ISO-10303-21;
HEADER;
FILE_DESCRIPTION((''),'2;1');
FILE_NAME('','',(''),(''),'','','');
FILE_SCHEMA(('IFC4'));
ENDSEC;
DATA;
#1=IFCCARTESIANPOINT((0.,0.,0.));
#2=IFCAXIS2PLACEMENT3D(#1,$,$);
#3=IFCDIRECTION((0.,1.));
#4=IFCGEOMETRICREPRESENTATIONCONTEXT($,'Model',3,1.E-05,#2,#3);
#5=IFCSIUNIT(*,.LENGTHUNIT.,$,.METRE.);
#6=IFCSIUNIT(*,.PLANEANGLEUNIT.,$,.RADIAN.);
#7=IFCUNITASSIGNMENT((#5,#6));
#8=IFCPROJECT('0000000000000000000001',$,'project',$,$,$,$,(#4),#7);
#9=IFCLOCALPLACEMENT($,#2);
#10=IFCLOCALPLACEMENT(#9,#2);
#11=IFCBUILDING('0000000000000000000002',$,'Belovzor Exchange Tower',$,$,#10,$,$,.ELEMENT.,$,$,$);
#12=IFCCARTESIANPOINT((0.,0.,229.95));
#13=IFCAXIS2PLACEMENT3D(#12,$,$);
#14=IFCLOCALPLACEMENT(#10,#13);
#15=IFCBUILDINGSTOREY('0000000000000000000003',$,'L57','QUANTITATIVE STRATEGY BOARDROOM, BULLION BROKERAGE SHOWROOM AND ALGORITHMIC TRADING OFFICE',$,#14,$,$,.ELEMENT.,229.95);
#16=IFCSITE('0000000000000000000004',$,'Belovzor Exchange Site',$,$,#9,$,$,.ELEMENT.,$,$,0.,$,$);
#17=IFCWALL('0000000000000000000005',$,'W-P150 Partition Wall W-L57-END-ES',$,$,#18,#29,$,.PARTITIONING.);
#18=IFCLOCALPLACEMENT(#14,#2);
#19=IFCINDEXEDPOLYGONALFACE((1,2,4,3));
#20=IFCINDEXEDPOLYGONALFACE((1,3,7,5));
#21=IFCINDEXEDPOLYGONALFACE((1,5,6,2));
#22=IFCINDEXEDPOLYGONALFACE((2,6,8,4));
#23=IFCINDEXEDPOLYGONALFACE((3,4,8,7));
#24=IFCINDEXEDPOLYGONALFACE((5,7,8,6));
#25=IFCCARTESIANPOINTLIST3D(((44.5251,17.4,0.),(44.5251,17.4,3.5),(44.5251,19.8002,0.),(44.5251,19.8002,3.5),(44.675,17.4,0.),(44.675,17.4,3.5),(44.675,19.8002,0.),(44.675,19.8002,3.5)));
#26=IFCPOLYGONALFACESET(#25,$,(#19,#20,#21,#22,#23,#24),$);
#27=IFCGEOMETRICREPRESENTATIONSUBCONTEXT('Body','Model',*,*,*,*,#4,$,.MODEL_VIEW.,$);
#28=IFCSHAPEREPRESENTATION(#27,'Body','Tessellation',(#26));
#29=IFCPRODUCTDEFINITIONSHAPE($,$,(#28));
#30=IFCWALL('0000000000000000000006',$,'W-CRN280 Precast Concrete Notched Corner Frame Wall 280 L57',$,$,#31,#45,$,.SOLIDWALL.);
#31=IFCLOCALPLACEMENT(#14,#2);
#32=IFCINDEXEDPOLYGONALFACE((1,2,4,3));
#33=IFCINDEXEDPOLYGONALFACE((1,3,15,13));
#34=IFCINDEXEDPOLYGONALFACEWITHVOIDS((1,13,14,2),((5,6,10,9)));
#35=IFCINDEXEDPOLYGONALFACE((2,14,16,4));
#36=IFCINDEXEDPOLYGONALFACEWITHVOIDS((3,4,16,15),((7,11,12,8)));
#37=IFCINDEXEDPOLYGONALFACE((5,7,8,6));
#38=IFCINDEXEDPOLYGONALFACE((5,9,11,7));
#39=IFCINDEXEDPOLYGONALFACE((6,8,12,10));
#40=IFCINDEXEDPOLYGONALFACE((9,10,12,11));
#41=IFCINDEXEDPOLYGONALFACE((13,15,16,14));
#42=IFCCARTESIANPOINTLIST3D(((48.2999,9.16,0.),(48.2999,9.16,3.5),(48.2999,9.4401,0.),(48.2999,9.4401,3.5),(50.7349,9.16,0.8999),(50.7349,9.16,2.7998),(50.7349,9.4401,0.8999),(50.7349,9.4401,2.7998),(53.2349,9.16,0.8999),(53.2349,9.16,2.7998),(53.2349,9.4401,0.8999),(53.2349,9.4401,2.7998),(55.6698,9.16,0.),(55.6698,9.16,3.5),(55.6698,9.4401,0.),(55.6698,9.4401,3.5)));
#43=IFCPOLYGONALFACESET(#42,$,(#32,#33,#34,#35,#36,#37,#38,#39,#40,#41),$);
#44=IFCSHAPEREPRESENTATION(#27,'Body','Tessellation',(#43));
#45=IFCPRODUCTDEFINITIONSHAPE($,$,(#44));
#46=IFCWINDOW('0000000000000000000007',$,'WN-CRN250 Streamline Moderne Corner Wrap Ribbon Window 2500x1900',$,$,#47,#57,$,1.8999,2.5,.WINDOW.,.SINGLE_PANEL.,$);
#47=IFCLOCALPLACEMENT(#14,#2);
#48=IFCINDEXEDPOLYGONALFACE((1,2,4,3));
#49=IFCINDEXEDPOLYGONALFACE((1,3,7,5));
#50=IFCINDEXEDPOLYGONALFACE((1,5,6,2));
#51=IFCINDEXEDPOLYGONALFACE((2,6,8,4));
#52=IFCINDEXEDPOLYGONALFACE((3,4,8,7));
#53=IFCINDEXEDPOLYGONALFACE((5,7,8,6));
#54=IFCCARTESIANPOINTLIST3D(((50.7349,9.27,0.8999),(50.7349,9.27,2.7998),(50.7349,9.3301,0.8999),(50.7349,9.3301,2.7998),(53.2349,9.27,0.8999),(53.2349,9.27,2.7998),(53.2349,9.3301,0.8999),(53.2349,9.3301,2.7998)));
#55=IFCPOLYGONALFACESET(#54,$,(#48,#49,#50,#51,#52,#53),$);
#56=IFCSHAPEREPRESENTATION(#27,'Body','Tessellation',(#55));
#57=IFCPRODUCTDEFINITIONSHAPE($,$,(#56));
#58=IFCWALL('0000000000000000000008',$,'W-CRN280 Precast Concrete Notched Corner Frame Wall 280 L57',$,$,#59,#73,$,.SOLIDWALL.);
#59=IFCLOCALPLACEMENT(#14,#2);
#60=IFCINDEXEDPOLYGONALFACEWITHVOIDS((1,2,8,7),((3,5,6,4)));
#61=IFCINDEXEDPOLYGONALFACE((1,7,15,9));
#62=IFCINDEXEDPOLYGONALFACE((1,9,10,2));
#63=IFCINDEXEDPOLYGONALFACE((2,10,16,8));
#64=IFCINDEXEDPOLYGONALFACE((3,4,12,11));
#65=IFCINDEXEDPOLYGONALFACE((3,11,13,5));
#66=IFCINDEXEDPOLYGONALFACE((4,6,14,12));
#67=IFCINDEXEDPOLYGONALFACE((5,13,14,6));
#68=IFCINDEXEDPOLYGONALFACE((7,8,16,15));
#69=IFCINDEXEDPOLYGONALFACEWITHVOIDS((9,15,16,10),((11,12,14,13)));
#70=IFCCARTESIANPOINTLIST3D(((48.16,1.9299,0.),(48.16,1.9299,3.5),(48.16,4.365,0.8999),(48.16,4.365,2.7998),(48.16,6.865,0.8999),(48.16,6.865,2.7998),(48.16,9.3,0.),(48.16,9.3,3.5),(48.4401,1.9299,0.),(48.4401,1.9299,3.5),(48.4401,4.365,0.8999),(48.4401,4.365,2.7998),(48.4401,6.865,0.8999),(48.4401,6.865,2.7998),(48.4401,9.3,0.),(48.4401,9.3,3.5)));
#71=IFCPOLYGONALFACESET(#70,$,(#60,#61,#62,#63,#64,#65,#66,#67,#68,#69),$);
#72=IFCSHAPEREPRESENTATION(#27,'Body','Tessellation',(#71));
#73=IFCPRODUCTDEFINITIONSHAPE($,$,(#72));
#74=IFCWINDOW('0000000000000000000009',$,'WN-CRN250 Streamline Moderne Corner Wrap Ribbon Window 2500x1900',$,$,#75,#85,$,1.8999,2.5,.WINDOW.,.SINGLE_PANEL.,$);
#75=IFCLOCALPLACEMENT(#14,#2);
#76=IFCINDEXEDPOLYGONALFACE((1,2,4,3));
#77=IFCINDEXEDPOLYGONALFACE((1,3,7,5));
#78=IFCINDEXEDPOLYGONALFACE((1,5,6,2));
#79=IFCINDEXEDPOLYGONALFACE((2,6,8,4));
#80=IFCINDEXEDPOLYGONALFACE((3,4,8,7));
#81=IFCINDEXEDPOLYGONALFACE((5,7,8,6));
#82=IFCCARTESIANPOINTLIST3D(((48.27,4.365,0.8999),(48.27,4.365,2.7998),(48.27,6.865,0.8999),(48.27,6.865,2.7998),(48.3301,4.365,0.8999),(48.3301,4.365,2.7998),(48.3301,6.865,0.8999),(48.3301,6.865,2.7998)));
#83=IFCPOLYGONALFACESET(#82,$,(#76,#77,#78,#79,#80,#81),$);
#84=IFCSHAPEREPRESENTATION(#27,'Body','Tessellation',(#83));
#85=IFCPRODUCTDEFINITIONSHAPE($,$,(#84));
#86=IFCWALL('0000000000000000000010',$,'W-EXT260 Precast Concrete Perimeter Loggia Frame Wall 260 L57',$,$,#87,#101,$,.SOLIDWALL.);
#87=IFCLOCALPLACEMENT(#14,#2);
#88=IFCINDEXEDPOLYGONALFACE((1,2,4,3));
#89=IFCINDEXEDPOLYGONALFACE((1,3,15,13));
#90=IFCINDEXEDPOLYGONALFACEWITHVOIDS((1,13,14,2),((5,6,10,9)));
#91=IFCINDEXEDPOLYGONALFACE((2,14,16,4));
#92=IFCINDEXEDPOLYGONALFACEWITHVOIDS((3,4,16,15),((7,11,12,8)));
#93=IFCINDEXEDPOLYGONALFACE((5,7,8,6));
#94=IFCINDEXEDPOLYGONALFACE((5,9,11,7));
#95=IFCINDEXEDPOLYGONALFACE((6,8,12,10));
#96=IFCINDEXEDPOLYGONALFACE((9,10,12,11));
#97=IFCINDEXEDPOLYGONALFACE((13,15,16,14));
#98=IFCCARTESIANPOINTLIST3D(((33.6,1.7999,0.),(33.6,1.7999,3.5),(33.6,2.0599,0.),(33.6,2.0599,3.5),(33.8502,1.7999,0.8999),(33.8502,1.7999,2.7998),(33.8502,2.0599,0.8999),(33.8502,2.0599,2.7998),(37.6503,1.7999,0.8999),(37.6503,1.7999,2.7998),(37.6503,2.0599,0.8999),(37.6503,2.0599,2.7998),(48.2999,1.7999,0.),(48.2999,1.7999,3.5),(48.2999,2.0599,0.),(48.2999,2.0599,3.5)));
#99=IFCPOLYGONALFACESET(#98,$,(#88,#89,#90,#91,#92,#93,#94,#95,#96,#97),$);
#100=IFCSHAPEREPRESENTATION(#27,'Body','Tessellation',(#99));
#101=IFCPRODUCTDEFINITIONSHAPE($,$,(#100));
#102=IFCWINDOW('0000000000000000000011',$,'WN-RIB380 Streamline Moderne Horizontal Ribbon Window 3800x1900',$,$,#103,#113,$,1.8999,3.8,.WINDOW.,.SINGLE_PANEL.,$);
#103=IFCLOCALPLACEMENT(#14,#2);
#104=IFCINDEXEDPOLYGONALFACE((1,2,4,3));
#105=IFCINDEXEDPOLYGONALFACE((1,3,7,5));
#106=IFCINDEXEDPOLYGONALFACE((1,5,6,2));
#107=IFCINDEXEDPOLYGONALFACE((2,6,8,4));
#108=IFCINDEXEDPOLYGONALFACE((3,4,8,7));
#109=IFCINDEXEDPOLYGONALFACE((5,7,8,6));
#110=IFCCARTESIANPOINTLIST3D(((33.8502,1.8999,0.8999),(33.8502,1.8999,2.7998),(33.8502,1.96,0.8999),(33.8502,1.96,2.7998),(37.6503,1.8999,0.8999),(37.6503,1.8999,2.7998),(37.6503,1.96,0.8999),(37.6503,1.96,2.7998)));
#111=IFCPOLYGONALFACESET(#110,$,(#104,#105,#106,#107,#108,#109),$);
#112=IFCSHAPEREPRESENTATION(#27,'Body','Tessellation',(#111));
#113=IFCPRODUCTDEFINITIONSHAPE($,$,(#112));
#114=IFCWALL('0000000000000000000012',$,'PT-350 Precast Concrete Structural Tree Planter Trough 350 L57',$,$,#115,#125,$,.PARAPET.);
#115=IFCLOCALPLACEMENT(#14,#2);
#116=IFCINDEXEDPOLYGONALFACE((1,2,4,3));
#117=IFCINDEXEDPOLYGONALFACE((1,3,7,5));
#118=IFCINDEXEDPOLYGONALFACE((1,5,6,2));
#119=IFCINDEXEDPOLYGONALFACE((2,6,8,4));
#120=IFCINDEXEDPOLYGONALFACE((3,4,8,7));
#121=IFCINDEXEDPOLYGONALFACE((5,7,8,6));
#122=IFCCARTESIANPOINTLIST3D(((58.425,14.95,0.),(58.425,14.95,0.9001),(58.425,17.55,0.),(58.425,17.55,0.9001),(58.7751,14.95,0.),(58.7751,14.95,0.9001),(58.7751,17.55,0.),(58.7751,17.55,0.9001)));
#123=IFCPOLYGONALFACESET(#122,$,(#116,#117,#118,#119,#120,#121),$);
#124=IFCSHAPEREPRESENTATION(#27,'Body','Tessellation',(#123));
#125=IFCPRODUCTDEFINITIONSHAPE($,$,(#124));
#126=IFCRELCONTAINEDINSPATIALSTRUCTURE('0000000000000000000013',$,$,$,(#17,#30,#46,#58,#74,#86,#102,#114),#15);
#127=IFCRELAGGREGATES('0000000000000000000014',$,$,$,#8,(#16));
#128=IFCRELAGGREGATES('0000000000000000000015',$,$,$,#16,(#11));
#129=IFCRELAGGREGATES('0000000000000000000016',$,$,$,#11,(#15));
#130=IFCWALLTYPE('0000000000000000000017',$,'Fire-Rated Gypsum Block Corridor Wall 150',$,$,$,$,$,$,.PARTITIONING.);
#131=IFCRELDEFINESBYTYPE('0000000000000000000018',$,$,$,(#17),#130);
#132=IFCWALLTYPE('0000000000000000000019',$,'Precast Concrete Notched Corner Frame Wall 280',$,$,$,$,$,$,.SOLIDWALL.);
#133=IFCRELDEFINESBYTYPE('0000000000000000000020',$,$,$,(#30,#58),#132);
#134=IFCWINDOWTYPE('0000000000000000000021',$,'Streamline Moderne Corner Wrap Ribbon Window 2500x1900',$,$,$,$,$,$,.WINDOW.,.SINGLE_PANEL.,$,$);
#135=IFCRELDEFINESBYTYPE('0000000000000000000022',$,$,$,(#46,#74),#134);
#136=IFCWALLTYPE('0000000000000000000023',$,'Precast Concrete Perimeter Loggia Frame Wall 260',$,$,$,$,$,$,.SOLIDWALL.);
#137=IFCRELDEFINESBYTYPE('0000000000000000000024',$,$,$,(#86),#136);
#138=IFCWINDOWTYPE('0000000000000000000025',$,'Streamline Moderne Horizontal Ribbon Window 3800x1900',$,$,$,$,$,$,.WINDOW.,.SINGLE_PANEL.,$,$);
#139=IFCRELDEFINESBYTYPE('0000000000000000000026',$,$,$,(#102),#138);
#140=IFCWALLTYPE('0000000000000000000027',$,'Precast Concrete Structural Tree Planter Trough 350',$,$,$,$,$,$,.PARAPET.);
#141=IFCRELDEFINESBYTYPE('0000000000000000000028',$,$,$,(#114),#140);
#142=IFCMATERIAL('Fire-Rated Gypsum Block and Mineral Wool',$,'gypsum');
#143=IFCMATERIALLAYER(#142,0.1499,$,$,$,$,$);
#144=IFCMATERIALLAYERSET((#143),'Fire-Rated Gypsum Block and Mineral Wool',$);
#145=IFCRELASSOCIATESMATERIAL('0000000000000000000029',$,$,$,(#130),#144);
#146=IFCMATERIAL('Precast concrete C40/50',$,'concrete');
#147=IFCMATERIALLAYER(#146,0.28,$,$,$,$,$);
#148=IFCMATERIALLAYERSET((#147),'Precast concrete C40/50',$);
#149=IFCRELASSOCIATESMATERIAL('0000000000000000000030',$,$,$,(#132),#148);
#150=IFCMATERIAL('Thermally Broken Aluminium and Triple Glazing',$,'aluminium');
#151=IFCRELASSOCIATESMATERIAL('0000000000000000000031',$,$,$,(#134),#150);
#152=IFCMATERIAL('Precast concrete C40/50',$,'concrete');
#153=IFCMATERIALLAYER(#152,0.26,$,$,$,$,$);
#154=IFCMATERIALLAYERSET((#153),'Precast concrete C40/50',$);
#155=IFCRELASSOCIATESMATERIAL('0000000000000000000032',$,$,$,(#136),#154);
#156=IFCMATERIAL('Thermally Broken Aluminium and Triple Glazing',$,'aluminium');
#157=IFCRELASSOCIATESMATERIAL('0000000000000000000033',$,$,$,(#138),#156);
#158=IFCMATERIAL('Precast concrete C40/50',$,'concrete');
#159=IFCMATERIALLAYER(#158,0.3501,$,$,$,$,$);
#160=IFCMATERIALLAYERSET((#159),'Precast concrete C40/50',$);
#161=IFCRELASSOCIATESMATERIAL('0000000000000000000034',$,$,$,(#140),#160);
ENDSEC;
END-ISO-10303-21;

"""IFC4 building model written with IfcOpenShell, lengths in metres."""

from ifc_helpers import new_model, si_unit, direction, frame, frame_2d, origin, place, context, subcontext, project, spatial, rectangle, extrude, material, layer, layer_set, type_object, element, fill, save


model = new_model("IFC4")

# Units and contexts
model_context = context("Model", 3, precision=1e-05, world=origin(), true_north=direction((0.0, 1.0)))
body_context = subcontext(model_context, "Body", "Model", "MODEL_VIEW")
ifc_project = project(units=[si_unit("LENGTHUNIT", "METRE"), si_unit("PLANEANGLEUNIT", "RADIAN")], contexts=[model_context])

# Site, building, storey
site_placement = place(None, origin())
site = spatial("IfcSite", under=ifc_project, at=site_placement, Name="Belovzor Exchange Site", CompositionType="ELEMENT", RefElevation=0.0)
building_placement = place(site_placement, origin())
building = spatial("IfcBuilding", under=site, at=building_placement, Name="Belovzor Exchange Tower", CompositionType="ELEMENT")
storey_placement = place(building_placement, frame((0.0, 0.0, 229.95)))
storey = spatial("IfcBuildingStorey", under=building, at=storey_placement, Name="L57", Description="QUANTITATIVE STRATEGY BOARDROOM, BULLION BROKERAGE SHOWROOM AND ALGORITHMIC TRADING OFFICE", CompositionType="ELEMENT", Elevation=229.95)

# Wall
ifc_material_1 = material(Name="Fire-Rated Gypsum Block and Mineral Wool", Category="gypsum")
ifc_layer_1 = layer(ifc_material_1, 0.1499)
ifc_layer_set_1 = layer_set([ifc_layer_1], Name="Fire-Rated Gypsum Block and Mineral Wool")
wall_type_1 = type_object("IfcWallType", Name="Fire-Rated Gypsum Block Corridor Wall 150", PredefinedType="PARTITIONING", material=ifc_layer_set_1)
wall_1_placement = place(storey_placement, frame((44.6001, 17.3999, 0.0), z_axis=(0.0, 0.0, 1.0), x_axis=(0.0, 1.0, 0.0)))
element("IfcWall", 1, at=wall_1_placement, inside=storey, type_object=wall_type_1, Name="W-P150 Partition Wall W-L57-END-ES", PredefinedType="PARTITIONING", context=body_context, shape_type="SweptSolid", body=[
    extrude(rectangle(XDim=2.4001, YDim=0.1499, at=frame_2d((1.2002, 0.0))), origin(), (0.0, 0.0, 1.0), 3.5),
])

# Walls, openings, windows
ifc_material_2 = material(Name="Precast concrete C40/50", Category="concrete")
ifc_layer_2 = layer(ifc_material_2, 0.28)
ifc_layer_set_2 = layer_set([ifc_layer_2], Name="Precast concrete C40/50")
wall_type_2 = type_object("IfcWallType", Name="Precast Concrete Notched Corner Frame Wall 280", PredefinedType="SOLIDWALL", material=ifc_layer_set_2)
wall_2_placement = place(storey_placement, frame((55.6699, 9.3, 0.0), z_axis=(0.0, 0.0, 1.0), x_axis=(-1.0, 0.0, 0.0)))
wall_2 = element("IfcWall", 2, at=wall_2_placement, inside=storey, type_object=wall_type_2, Name="W-CRN280 Precast Concrete Notched Corner Frame Wall 280 L57", PredefinedType="SOLIDWALL", context=body_context, shape_type="SweptSolid", body=[
    extrude(rectangle(XDim=7.3699, YDim=0.28, at=frame_2d((3.6851, 0.0))), origin(), (0.0, 0.0, 1.0), 3.5),
])
opening_1_placement = place(wall_2_placement, frame((2.4351, 0.0, 0.8999)))
opening_1 = element("IfcOpeningElement", 3, at=opening_1_placement, cuts=wall_2, PredefinedType="OPENING", context=body_context, shape_type="SweptSolid", body=[
    extrude(rectangle(XDim=2.5, YDim=1.8999, at=frame_2d((1.25, 0.95))), frame((0.0, 0.1499, 0.0), z_axis=(0.0, -1.0, 0.0), x_axis=(1.0, 0.0, 0.0)), (0.0, 0.0, 1.0), 0.3),
])
ifc_material_3 = material(Name="Thermally Broken Aluminium and Triple Glazing", Category="aluminium")
window_type_1 = type_object("IfcWindowType", Name="Streamline Moderne Corner Wrap Ribbon Window 2500x1900", PartitioningType="SINGLE_PANEL", PredefinedType="WINDOW", material=ifc_material_3)
window_1_placement = place(opening_1_placement, origin())
window_1 = element("IfcWindow", 4, at=window_1_placement, inside=storey, type_object=window_type_1, Name="WN-CRN250 Streamline Moderne Corner Wrap Ribbon Window 2500x1900", OverallHeight=1.8999, OverallWidth=2.5, PartitioningType="SINGLE_PANEL", PredefinedType="WINDOW", context=body_context, shape_type="SweptSolid", body=[
    extrude(rectangle(XDim=2.5, YDim=1.8999, at=frame_2d((1.25, 0.95))), frame((0.0, 0.03, 0.0), z_axis=(0.0, -1.0, 0.0), x_axis=(1.0, 0.0, 0.0)), (0.0, 0.0, 1.0), 0.0601),
])
fill(opening_1, window_1)
wall_3_placement = place(storey_placement, frame((48.3, 9.3, 0.0), z_axis=(0.0, 0.0, 1.0), x_axis=(0.0, -1.0, 0.0)))
wall_3 = element("IfcWall", 5, at=wall_3_placement, inside=storey, type_object=wall_type_2, Name="W-CRN280 Precast Concrete Notched Corner Frame Wall 280 L57", PredefinedType="SOLIDWALL", context=body_context, shape_type="SweptSolid", body=[
    extrude(rectangle(XDim=7.3701, YDim=0.28, at=frame_2d((3.6851, 0.0))), origin(), (0.0, 0.0, 1.0), 3.5),
])
opening_2_placement = place(wall_3_placement, frame((2.4351, 0.0, 0.8999)))
opening_2 = element("IfcOpeningElement", 6, at=opening_2_placement, cuts=wall_3, PredefinedType="OPENING", context=body_context, shape_type="SweptSolid", body=[
    extrude(rectangle(XDim=2.5, YDim=1.8999, at=frame_2d((1.25, 0.95))), frame((0.0, 0.1499, 0.0), z_axis=(0.0, -1.0, 0.0), x_axis=(1.0, 0.0, 0.0)), (0.0, 0.0, 1.0), 0.3),
])
window_2_placement = place(opening_2_placement, origin())
window_2 = element("IfcWindow", 7, at=window_2_placement, inside=storey, type_object=window_type_1, Name="WN-CRN250 Streamline Moderne Corner Wrap Ribbon Window 2500x1900", OverallHeight=1.8999, OverallWidth=2.5, PartitioningType="SINGLE_PANEL", PredefinedType="WINDOW", context=body_context, shape_type="SweptSolid", body=[
    extrude(rectangle(XDim=2.5, YDim=1.8999, at=frame_2d((1.25, 0.95))), frame((0.0, 0.03, 0.0), z_axis=(0.0, -1.0, 0.0), x_axis=(1.0, 0.0, 0.0)), (0.0, 0.0, 1.0), 0.0601),
])
fill(opening_2, window_2)
ifc_material_4 = material(Name="Precast concrete C40/50", Category="concrete")
ifc_layer_3 = layer(ifc_material_4, 0.26)
ifc_layer_set_3 = layer_set([ifc_layer_3], Name="Precast concrete C40/50")
wall_type_3 = type_object("IfcWallType", Name="Precast Concrete Perimeter Loggia Frame Wall 260", PredefinedType="SOLIDWALL", material=ifc_layer_set_3)
wall_4_placement = place(storey_placement, frame((48.3, 1.9299, 0.0), z_axis=(0.0, 0.0, 1.0), x_axis=(-1.0, 0.0, 0.0)))
wall_4 = element("IfcWall", 8, at=wall_4_placement, inside=storey, type_object=wall_type_3, Name="W-EXT260 Precast Concrete Perimeter Loggia Frame Wall 260 L57", PredefinedType="SOLIDWALL", context=body_context, shape_type="SweptSolid", body=[
    extrude(rectangle(XDim=14.7, YDim=0.26, at=frame_2d((7.3501, 0.0))), origin(), (0.0, 0.0, 1.0), 3.5),
])
opening_3_placement = place(wall_4_placement, frame((10.6499, 0.0, 0.8999)))
opening_3 = element("IfcOpeningElement", 9, at=opening_3_placement, cuts=wall_4, PredefinedType="OPENING", context=body_context, shape_type="SweptSolid", body=[
    extrude(rectangle(XDim=3.8, YDim=1.8999, at=frame_2d((1.8999, 0.95))), frame((0.0, 0.1399, 0.0), z_axis=(0.0, -1.0, 0.0), x_axis=(1.0, 0.0, 0.0)), (0.0, 0.0, 1.0), 0.28),
])
ifc_material_5 = material(Name="Thermally Broken Aluminium and Triple Glazing", Category="aluminium")
window_type_2 = type_object("IfcWindowType", Name="Streamline Moderne Horizontal Ribbon Window 3800x1900", PartitioningType="SINGLE_PANEL", PredefinedType="WINDOW", material=ifc_material_5)
window_3_placement = place(opening_3_placement, origin())
window_3 = element("IfcWindow", 10, at=window_3_placement, inside=storey, type_object=window_type_2, Name="WN-RIB380 Streamline Moderne Horizontal Ribbon Window 3800x1900", OverallHeight=1.8999, OverallWidth=3.8, PartitioningType="SINGLE_PANEL", PredefinedType="WINDOW", context=body_context, shape_type="SweptSolid", body=[
    extrude(rectangle(XDim=3.8, YDim=1.8999, at=frame_2d((1.8999, 0.95))), frame((0.0, 0.03, 0.0), z_axis=(0.0, -1.0, 0.0), x_axis=(1.0, 0.0, 0.0)), (0.0, 0.0, 1.0), 0.0601),
])
fill(opening_3, window_3)

# Wall
ifc_material_6 = material(Name="Precast concrete C40/50", Category="concrete")
ifc_layer_4 = layer(ifc_material_6, 0.3501)
ifc_layer_set_4 = layer_set([ifc_layer_4], Name="Precast concrete C40/50")
wall_type_4 = type_object("IfcWallType", Name="Precast Concrete Structural Tree Planter Trough 350", PredefinedType="PARAPET", material=ifc_layer_set_4)
wall_5_placement = place(storey_placement, frame((58.6001, 14.95, 0.0), z_axis=(0.0, 0.0, 1.0), x_axis=(0.0, 1.0, 0.0)))
element("IfcWall", 11, at=wall_5_placement, inside=storey, type_object=wall_type_4, Name="PT-350 Precast Concrete Structural Tree Planter Trough 350 L57", PredefinedType="PARAPET", context=body_context, shape_type="SweptSolid", body=[
    extrude(rectangle(XDim=2.6001, YDim=0.3501, at=frame_2d((1.3, 0.0))), origin(), (0.0, 0.0, 1.0), 0.9001),
])

save(model, "model.ifc")
